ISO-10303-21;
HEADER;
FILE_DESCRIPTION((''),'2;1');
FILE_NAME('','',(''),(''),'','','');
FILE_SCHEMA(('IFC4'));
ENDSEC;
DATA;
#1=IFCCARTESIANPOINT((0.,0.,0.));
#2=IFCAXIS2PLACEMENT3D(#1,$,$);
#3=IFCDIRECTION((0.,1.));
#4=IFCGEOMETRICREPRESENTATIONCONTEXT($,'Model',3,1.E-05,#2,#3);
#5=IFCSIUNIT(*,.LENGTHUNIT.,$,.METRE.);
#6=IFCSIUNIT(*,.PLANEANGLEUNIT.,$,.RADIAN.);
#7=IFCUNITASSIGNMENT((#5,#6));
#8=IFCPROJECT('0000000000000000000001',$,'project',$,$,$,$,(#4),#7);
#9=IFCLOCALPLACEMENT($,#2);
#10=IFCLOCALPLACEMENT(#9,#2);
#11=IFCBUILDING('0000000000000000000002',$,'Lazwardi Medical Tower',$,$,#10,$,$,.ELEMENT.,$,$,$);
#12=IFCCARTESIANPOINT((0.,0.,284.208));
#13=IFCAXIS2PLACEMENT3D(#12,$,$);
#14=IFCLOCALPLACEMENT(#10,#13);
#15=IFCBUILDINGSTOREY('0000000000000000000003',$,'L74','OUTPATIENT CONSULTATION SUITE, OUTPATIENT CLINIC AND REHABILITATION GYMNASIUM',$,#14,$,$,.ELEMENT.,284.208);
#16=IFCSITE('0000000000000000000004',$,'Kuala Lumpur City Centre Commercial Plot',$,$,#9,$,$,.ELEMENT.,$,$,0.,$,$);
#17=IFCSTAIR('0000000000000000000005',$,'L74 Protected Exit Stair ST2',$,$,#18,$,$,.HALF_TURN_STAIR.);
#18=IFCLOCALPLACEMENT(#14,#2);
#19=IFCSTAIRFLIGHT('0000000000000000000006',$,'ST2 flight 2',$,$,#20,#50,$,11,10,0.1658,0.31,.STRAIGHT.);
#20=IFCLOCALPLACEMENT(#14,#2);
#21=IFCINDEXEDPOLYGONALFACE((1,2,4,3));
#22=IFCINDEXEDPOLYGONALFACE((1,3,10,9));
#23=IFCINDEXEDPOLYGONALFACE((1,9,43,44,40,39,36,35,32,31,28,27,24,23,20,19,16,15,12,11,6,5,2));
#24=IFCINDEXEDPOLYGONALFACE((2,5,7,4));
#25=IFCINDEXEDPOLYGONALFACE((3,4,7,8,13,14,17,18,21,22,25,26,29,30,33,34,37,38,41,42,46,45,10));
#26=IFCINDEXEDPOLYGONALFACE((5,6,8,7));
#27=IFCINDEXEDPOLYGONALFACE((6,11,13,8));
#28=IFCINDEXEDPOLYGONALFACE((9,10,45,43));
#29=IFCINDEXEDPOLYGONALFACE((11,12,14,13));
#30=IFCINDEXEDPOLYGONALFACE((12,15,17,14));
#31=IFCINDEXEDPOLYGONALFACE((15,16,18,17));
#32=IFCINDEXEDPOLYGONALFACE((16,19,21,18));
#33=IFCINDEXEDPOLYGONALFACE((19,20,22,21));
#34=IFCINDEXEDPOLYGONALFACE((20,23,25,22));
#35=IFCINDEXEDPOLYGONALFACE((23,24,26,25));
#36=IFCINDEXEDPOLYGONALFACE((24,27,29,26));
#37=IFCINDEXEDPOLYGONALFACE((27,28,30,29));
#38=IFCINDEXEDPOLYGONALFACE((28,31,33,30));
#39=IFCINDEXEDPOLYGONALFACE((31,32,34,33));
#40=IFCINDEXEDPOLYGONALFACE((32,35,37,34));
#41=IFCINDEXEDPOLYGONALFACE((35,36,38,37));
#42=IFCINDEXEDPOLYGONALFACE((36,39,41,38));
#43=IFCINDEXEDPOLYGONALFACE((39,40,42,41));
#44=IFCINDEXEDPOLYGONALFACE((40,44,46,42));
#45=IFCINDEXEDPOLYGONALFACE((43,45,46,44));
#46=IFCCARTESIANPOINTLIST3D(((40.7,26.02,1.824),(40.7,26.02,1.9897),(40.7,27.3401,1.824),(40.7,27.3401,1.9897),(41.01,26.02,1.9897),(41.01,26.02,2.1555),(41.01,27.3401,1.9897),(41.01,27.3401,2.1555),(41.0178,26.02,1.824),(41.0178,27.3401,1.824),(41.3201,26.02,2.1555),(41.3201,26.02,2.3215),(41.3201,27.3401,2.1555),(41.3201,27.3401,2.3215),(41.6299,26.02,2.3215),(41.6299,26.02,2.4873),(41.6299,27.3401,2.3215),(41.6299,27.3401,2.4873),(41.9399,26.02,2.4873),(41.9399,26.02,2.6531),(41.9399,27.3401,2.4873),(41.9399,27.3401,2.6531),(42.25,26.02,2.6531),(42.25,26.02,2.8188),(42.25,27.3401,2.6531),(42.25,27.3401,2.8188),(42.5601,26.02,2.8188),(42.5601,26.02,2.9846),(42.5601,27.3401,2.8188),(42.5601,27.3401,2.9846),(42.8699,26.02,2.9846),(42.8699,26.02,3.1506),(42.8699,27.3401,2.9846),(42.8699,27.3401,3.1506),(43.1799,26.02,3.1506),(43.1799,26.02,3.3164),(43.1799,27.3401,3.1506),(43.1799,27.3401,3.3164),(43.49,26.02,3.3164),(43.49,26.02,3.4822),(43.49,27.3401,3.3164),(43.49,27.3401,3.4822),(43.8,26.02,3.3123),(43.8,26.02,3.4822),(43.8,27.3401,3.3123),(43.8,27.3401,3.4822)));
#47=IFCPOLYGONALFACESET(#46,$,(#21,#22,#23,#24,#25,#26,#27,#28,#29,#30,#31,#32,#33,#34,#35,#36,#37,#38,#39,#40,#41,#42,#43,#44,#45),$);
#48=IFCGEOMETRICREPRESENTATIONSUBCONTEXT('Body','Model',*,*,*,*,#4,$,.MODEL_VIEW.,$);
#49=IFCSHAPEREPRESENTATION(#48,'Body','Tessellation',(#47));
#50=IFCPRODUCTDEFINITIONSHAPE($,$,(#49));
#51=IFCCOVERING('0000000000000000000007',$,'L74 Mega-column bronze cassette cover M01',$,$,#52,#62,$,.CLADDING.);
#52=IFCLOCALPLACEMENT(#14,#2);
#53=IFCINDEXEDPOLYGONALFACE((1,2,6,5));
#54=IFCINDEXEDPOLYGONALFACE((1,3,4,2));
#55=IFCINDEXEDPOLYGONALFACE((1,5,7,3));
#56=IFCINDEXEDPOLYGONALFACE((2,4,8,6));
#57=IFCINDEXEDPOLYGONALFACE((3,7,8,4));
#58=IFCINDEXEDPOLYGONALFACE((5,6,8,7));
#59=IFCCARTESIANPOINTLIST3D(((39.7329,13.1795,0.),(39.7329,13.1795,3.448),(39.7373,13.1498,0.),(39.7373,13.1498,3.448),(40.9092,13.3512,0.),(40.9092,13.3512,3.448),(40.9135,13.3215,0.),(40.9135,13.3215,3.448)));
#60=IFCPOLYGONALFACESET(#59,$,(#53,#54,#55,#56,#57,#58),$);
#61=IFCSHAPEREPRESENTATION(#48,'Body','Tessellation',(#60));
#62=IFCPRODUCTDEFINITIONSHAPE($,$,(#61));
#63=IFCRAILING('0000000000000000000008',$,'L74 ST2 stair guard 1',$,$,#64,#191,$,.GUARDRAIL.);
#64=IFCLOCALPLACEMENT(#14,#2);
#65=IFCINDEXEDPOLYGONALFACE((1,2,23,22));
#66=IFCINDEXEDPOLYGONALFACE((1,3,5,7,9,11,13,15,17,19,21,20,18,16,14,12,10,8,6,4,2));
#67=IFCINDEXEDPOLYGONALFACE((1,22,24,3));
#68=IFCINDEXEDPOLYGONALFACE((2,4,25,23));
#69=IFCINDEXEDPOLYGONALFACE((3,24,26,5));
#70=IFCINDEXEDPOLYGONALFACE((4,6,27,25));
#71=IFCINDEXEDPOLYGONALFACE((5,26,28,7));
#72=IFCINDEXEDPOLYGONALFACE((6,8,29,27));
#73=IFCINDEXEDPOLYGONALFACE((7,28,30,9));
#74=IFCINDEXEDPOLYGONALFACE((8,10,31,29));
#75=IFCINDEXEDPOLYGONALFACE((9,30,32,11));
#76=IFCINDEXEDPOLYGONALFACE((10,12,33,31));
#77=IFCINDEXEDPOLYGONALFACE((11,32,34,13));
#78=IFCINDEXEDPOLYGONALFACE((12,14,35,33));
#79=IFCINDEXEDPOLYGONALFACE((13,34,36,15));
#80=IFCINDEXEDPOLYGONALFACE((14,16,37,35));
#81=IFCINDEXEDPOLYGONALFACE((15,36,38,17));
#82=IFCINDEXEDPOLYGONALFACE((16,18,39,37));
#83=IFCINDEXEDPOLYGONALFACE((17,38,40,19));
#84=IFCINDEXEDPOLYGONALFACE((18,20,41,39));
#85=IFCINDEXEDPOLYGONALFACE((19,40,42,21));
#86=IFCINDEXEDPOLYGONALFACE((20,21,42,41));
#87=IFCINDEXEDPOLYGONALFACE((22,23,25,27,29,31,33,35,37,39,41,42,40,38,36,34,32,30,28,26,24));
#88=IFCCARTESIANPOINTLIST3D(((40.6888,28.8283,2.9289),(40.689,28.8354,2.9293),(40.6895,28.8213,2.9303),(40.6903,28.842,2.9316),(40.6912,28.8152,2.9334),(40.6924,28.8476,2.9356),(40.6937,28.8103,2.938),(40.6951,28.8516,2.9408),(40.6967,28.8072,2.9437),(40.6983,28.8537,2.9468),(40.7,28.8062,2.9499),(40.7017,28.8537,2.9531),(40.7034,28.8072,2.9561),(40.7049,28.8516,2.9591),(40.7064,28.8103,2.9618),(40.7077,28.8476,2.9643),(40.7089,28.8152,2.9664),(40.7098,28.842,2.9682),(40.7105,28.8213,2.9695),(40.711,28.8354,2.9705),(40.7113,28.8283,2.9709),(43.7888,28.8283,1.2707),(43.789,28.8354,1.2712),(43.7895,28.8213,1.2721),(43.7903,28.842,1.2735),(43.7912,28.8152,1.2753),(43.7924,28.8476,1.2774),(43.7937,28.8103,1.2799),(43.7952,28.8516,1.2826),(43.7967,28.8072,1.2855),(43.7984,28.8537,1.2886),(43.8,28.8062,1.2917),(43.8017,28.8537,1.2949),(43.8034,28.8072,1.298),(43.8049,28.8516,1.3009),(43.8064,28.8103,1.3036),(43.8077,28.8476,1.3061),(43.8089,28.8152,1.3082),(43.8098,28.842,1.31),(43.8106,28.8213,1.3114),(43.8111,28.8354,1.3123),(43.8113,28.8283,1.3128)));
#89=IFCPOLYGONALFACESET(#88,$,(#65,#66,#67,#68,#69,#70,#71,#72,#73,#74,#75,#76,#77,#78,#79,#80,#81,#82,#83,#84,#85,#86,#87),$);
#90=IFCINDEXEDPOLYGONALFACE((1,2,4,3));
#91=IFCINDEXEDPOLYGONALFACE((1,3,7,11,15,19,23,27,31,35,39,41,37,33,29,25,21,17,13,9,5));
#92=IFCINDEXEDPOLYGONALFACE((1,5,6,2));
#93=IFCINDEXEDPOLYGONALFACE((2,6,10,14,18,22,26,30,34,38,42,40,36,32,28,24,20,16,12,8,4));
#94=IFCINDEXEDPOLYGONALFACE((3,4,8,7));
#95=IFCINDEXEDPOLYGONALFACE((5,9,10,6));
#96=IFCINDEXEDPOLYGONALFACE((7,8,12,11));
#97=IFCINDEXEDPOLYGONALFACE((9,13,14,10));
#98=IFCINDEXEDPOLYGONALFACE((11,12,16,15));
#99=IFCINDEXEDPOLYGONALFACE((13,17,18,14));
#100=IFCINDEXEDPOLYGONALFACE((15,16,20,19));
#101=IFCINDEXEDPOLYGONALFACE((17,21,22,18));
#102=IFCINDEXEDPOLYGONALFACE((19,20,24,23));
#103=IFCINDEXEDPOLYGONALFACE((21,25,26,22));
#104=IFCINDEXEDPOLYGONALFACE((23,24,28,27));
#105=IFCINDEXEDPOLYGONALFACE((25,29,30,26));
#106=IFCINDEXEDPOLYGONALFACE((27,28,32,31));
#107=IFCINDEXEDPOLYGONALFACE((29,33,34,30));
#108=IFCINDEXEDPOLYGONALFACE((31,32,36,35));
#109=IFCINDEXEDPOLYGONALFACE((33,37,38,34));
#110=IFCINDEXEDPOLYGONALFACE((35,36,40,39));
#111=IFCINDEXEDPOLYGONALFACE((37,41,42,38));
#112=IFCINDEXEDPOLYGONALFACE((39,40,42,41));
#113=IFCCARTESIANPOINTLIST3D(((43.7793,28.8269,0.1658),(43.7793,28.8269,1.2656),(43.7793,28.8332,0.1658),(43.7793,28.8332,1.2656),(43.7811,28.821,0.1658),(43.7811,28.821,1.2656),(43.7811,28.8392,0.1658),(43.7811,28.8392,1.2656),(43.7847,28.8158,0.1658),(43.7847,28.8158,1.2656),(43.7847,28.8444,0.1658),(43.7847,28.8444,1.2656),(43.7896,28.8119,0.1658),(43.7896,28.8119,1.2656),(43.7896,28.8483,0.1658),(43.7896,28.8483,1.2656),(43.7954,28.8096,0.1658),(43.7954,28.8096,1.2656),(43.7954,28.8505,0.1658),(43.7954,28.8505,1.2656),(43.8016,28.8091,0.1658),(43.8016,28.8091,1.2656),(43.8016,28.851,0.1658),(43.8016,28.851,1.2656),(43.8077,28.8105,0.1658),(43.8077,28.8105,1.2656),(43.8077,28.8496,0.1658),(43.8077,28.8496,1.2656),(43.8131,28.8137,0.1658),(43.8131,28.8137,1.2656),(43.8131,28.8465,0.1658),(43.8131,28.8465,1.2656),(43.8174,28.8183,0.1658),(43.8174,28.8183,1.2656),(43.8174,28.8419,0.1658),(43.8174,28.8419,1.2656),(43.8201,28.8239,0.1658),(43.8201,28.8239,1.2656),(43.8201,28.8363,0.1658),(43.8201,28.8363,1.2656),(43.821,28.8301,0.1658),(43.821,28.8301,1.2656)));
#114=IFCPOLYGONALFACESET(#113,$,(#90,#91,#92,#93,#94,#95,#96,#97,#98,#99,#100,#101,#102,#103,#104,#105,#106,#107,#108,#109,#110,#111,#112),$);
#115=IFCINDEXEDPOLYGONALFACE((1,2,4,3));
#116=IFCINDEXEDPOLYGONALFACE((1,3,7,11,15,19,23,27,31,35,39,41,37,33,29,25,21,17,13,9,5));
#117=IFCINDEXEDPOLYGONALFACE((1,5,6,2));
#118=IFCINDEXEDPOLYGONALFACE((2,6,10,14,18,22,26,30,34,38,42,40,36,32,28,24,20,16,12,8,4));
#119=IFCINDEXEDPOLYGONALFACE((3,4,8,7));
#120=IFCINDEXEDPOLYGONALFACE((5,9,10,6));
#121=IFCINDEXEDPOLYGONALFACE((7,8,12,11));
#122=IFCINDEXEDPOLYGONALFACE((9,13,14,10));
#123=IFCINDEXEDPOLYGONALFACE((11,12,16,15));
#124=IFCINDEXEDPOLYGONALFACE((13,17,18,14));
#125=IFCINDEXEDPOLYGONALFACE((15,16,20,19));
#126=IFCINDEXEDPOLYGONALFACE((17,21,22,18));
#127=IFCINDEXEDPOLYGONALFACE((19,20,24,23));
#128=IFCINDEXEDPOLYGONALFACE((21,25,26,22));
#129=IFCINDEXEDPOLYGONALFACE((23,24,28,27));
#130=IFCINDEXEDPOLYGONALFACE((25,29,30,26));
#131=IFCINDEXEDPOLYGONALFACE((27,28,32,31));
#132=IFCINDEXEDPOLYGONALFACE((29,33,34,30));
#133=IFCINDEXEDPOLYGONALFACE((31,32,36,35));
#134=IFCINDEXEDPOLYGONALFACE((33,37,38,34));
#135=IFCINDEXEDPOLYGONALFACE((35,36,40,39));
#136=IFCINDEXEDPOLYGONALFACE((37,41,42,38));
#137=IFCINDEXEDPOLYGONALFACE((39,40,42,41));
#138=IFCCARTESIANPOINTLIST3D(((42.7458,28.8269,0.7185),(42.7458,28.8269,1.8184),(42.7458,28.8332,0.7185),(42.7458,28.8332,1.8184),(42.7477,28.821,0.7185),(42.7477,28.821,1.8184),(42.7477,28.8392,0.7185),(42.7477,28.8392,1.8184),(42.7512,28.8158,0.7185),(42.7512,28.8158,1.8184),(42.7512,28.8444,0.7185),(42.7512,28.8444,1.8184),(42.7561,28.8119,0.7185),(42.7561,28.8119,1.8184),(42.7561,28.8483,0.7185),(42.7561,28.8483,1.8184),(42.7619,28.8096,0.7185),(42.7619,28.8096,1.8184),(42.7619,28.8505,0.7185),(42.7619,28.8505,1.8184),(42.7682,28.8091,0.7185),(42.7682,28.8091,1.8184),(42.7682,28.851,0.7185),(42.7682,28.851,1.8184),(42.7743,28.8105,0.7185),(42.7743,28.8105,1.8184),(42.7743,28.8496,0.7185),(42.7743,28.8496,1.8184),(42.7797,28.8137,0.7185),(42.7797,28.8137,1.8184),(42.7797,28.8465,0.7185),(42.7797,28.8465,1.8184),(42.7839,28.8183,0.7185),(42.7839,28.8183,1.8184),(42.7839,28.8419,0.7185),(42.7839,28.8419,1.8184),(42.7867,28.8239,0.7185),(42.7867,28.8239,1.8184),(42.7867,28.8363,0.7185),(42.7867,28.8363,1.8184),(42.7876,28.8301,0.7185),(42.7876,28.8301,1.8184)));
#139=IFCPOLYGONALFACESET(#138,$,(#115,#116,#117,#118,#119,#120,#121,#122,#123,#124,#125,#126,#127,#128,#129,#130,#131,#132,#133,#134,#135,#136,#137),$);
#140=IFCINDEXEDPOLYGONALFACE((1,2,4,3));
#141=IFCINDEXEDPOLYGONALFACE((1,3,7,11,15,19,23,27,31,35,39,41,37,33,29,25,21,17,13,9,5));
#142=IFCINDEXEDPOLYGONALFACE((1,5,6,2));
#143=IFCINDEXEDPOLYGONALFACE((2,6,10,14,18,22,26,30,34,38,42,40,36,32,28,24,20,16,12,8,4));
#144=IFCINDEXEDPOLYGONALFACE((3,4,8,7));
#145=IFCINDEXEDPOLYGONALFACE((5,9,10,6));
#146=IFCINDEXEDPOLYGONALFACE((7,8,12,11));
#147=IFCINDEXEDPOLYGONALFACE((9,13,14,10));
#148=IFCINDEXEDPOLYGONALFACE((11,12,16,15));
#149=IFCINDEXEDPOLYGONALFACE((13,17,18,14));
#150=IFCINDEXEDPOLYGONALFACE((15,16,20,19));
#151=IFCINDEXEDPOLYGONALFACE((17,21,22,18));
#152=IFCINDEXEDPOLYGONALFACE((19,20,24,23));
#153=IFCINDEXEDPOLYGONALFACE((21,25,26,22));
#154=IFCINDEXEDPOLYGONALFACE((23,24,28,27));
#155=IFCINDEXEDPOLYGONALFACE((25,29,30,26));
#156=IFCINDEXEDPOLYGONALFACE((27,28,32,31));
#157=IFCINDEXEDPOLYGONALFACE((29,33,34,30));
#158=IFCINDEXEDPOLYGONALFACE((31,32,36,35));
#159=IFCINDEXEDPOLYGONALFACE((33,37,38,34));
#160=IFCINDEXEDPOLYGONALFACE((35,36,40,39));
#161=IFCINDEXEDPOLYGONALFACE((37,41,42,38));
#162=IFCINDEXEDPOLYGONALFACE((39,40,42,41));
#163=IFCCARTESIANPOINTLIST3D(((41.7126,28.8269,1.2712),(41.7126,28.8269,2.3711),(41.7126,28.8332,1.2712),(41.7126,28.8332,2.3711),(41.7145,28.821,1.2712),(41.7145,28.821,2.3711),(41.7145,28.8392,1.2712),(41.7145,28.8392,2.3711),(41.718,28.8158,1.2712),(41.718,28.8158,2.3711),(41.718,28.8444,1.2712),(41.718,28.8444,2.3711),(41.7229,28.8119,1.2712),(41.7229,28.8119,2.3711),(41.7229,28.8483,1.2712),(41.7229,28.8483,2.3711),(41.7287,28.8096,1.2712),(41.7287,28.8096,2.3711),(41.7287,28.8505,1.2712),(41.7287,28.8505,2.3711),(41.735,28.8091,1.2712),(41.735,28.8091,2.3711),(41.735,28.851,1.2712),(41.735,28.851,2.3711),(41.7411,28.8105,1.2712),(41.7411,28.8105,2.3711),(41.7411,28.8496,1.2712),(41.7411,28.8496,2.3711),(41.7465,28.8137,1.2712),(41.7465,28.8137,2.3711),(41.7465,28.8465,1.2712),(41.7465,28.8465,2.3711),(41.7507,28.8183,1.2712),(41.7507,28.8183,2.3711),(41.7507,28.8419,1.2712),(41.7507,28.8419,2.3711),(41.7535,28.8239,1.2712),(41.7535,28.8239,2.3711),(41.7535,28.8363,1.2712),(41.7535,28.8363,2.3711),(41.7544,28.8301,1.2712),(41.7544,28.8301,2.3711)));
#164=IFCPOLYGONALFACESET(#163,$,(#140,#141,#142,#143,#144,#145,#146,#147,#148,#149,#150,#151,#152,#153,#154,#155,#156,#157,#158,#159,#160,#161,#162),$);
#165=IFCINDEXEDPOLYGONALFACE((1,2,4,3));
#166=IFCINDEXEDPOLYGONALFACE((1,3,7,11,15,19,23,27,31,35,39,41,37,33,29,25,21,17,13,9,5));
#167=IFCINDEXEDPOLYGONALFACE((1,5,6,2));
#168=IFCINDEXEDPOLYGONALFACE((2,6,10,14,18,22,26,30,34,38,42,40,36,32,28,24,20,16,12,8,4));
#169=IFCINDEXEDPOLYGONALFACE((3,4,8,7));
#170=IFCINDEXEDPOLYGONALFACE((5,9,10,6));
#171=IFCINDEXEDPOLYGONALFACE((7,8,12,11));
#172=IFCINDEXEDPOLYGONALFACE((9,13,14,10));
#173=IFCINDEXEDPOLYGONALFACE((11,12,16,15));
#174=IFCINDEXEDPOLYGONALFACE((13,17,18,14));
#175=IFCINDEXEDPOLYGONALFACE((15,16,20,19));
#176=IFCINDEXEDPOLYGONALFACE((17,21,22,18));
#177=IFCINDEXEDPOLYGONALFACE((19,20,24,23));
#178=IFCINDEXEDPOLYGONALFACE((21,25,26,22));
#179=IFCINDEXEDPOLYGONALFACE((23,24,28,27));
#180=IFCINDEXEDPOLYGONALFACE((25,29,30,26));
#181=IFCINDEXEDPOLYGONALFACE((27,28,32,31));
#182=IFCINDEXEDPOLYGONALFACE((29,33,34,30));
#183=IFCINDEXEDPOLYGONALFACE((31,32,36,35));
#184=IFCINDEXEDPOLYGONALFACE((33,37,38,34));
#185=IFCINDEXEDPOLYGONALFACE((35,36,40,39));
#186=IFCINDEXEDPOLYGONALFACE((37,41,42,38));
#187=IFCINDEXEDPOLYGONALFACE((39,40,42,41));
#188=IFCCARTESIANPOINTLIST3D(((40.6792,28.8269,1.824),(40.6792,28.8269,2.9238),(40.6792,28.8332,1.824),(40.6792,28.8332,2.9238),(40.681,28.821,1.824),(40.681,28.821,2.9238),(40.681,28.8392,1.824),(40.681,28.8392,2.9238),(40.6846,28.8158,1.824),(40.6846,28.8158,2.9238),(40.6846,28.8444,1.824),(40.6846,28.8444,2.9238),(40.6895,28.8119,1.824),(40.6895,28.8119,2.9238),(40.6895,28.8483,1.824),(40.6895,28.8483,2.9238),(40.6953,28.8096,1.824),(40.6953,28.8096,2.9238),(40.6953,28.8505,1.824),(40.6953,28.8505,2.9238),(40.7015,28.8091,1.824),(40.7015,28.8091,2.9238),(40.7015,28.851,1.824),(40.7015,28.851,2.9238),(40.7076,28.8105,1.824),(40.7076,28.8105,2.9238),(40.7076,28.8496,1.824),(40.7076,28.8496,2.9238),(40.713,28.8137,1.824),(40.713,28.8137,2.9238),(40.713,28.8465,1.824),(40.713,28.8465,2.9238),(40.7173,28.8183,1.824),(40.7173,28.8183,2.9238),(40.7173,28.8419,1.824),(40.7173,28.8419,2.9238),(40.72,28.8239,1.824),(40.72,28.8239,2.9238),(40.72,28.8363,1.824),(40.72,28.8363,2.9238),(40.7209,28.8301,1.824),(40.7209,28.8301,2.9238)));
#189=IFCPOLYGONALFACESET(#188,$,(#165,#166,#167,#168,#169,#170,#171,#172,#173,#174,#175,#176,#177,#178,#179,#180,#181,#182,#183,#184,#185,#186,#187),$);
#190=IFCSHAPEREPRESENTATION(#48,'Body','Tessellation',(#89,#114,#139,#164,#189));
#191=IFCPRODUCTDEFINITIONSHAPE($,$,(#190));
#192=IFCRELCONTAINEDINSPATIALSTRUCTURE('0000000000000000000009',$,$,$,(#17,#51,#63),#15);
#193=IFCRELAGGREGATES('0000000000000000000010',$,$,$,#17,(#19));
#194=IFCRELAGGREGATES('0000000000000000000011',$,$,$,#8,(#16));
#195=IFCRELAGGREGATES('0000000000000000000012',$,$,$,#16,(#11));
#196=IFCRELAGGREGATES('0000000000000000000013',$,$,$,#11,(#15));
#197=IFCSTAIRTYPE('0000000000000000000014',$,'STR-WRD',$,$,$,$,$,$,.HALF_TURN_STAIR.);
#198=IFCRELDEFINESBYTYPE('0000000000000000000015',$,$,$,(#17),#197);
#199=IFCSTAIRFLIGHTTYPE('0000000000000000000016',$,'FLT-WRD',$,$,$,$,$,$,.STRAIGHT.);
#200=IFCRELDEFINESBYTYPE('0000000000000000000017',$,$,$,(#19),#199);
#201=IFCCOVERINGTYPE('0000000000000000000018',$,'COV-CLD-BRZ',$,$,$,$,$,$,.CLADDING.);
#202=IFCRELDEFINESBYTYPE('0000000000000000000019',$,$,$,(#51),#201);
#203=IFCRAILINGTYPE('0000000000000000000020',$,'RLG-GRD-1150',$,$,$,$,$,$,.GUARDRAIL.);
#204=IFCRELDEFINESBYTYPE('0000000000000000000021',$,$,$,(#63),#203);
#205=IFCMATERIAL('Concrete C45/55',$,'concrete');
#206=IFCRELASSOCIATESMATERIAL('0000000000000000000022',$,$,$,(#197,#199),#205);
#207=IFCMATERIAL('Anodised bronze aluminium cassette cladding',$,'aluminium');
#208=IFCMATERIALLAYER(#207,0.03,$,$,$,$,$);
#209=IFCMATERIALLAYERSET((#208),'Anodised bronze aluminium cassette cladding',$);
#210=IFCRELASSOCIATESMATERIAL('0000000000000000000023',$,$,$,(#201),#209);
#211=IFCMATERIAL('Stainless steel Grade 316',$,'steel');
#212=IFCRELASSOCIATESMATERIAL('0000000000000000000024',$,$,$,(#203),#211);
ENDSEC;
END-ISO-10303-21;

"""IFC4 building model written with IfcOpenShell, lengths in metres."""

from ifc_helpers import new_model, si_unit, direction, frame, origin, origin_2d, place, context, subcontext, project, spatial, polyline, rectangle, circle, outline, extrude, material, layer, layer_set, type_object, element, aggregate, save


model = new_model("IFC4")

# Units and contexts
model_context = context("Model", 3, precision=1e-05, world=origin(), true_north=direction((0.0, 1.0)))
body_context = subcontext(model_context, "Body", "Model", "MODEL_VIEW")
ifc_project = project(units=[si_unit("LENGTHUNIT", "METRE"), si_unit("PLANEANGLEUNIT", "RADIAN")], contexts=[model_context])

# Site, building, storey
site_placement = place(None, origin())
site = spatial("IfcSite", under=ifc_project, at=site_placement, Name="Kuala Lumpur City Centre Commercial Plot", CompositionType="ELEMENT", RefElevation=0.0)
building_placement = place(site_placement, origin())
building = spatial("IfcBuilding", under=site, at=building_placement, Name="Lazwardi Medical Tower", CompositionType="ELEMENT")
storey_placement = place(building_placement, frame((0.0, 0.0, 284.208)))
storey = spatial("IfcBuildingStorey", under=building, at=storey_placement, Name="L74", Description="OUTPATIENT CONSULTATION SUITE, OUTPATIENT CLINIC AND REHABILITATION GYMNASIUM", CompositionType="ELEMENT", Elevation=284.208)

# Stair, stair flight
ifc_material_1 = material(Name="Concrete C45/55", Category="concrete")
stair_type = type_object("IfcStairType", Name="STR-WRD", PredefinedType="HALF_TURN_STAIR", material=ifc_material_1)
stair_placement = place(storey_placement, origin())
stair = element("IfcStair", 1, at=stair_placement, inside=storey, type_object=stair_type, Name="L74 Protected Exit Stair ST2", PredefinedType="HALF_TURN_STAIR")
stair_flight_type = type_object("IfcStairFlightType", Name="FLT-WRD", PredefinedType="STRAIGHT", material=ifc_material_1)
stair_flight_placement = place(storey_placement, frame((40.7, 26.6799, 1.824), z_axis=(0.0, 0.0, 1.0), x_axis=(1.0, 0.0, 0.0)))
stair_flight = element("IfcStairFlight", 2, at=stair_flight_placement, type_object=stair_flight_type, Name="ST2 flight 2", NumberOfRisers=11, NumberOfTreads=10, PredefinedType="STRAIGHT", RiserHeight=0.1658, TreadLength=0.31, context=body_context, shape_type="SweptSolid", body=[
    extrude(outline(polyline([(0.0, 0.0), (0.0, 0.1658), (0.3101, 0.1658), (0.3101, 0.3315), (0.6201, 0.3315), (0.6201, 0.4976), (0.9299, 0.4976), (0.9299, 0.6633), (1.24, 0.6633), (1.24, 0.8291), (1.55, 0.8291), (1.55, 0.9949), (1.8601, 0.9949), (1.8601, 1.1606), (2.1699, 1.1606), (2.1699, 1.3267), (2.48, 1.3267), (2.48, 1.4924), (2.79, 1.4924), (2.79, 1.6582), (3.1001, 1.6582), (3.1001, 1.824), (3.1001, 1.4883), (0.3179, 0.0), (0.0, 0.0)])), frame((0.0, 0.6602, 0.0), z_axis=(0.0, -1.0, 0.0), x_axis=(1.0, 0.0, 0.0)), (0.0, 0.0, 1.0), 1.3201),
])
aggregate(stair, [stair_flight])

# Covering
ifc_material_2 = material(Name="Anodised bronze aluminium cassette cladding", Category="aluminium")
ifc_layer_1 = layer(ifc_material_2, 0.03)
ifc_layer_set_1 = layer_set([ifc_layer_1], Name="Anodised bronze aluminium cassette cladding")
covering_type = type_object("IfcCoveringType", Name="COV-CLD-BRZ", PredefinedType="CLADDING", material=ifc_layer_set_1)
covering_placement = place(storey_placement, frame((40.3232, 13.2505, 0.0), z_axis=(0.0, 0.0, 1.0), x_axis=(0.989512, 0.144448, 0.0)))
element("IfcCovering", 3, at=covering_placement, inside=storey, type_object=covering_type, Name="L74 Mega-column bronze cassette cover M01", PredefinedType="CLADDING", context=body_context, shape_type="SweptSolid", body=[
    extrude(rectangle(XDim=1.1887, YDim=0.03, at=origin_2d()), origin(), (0.0, 0.0, 1.0), 3.448),
])

# Railing
ifc_material_3 = material(Name="Stainless steel Grade 316", Category="steel")
railing_type_1 = type_object("IfcRailingType", Name="RLG-GRD-1150", PredefinedType="GUARDRAIL", material=ifc_material_3)
railing_1_placement = place(storey_placement, frame((43.8, 28.8301, 0.1658)))
element("IfcRailing", 4, at=railing_1_placement, inside=storey, type_object=railing_type_1, Name="L74 ST2 stair guard 1", PredefinedType="GUARDRAIL", context=body_context, shape_type="SweptSolid", body=[
    extrude(circle(Radius=0.0239, at=origin_2d()), frame((0.0, 0.0, 1.126), z_axis=(-0.881783, 0.0, 0.471655), x_axis=(0.0, -1.0, 0.0)), (0.0, 0.0, 1.0), 3.5156),
    extrude(circle(Radius=0.021, at=origin_2d()), origin(), (0.0, 0.0, 1.0), 1.0999),
    extrude(circle(Radius=0.021, at=origin_2d()), frame((-1.0334, 0.0, 0.5527)), (0.0, 0.0, 1.0), 1.0999),
    extrude(circle(Radius=0.021, at=origin_2d()), frame((-2.0667, 0.0, 1.1055)), (0.0, 0.0, 1.0), 1.0999),
    extrude(circle(Radius=0.021, at=origin_2d()), frame((-3.1001, 0.0, 1.6582)), (0.0, 0.0, 1.0), 1.0999),
])

save(model, "model.ifc")
